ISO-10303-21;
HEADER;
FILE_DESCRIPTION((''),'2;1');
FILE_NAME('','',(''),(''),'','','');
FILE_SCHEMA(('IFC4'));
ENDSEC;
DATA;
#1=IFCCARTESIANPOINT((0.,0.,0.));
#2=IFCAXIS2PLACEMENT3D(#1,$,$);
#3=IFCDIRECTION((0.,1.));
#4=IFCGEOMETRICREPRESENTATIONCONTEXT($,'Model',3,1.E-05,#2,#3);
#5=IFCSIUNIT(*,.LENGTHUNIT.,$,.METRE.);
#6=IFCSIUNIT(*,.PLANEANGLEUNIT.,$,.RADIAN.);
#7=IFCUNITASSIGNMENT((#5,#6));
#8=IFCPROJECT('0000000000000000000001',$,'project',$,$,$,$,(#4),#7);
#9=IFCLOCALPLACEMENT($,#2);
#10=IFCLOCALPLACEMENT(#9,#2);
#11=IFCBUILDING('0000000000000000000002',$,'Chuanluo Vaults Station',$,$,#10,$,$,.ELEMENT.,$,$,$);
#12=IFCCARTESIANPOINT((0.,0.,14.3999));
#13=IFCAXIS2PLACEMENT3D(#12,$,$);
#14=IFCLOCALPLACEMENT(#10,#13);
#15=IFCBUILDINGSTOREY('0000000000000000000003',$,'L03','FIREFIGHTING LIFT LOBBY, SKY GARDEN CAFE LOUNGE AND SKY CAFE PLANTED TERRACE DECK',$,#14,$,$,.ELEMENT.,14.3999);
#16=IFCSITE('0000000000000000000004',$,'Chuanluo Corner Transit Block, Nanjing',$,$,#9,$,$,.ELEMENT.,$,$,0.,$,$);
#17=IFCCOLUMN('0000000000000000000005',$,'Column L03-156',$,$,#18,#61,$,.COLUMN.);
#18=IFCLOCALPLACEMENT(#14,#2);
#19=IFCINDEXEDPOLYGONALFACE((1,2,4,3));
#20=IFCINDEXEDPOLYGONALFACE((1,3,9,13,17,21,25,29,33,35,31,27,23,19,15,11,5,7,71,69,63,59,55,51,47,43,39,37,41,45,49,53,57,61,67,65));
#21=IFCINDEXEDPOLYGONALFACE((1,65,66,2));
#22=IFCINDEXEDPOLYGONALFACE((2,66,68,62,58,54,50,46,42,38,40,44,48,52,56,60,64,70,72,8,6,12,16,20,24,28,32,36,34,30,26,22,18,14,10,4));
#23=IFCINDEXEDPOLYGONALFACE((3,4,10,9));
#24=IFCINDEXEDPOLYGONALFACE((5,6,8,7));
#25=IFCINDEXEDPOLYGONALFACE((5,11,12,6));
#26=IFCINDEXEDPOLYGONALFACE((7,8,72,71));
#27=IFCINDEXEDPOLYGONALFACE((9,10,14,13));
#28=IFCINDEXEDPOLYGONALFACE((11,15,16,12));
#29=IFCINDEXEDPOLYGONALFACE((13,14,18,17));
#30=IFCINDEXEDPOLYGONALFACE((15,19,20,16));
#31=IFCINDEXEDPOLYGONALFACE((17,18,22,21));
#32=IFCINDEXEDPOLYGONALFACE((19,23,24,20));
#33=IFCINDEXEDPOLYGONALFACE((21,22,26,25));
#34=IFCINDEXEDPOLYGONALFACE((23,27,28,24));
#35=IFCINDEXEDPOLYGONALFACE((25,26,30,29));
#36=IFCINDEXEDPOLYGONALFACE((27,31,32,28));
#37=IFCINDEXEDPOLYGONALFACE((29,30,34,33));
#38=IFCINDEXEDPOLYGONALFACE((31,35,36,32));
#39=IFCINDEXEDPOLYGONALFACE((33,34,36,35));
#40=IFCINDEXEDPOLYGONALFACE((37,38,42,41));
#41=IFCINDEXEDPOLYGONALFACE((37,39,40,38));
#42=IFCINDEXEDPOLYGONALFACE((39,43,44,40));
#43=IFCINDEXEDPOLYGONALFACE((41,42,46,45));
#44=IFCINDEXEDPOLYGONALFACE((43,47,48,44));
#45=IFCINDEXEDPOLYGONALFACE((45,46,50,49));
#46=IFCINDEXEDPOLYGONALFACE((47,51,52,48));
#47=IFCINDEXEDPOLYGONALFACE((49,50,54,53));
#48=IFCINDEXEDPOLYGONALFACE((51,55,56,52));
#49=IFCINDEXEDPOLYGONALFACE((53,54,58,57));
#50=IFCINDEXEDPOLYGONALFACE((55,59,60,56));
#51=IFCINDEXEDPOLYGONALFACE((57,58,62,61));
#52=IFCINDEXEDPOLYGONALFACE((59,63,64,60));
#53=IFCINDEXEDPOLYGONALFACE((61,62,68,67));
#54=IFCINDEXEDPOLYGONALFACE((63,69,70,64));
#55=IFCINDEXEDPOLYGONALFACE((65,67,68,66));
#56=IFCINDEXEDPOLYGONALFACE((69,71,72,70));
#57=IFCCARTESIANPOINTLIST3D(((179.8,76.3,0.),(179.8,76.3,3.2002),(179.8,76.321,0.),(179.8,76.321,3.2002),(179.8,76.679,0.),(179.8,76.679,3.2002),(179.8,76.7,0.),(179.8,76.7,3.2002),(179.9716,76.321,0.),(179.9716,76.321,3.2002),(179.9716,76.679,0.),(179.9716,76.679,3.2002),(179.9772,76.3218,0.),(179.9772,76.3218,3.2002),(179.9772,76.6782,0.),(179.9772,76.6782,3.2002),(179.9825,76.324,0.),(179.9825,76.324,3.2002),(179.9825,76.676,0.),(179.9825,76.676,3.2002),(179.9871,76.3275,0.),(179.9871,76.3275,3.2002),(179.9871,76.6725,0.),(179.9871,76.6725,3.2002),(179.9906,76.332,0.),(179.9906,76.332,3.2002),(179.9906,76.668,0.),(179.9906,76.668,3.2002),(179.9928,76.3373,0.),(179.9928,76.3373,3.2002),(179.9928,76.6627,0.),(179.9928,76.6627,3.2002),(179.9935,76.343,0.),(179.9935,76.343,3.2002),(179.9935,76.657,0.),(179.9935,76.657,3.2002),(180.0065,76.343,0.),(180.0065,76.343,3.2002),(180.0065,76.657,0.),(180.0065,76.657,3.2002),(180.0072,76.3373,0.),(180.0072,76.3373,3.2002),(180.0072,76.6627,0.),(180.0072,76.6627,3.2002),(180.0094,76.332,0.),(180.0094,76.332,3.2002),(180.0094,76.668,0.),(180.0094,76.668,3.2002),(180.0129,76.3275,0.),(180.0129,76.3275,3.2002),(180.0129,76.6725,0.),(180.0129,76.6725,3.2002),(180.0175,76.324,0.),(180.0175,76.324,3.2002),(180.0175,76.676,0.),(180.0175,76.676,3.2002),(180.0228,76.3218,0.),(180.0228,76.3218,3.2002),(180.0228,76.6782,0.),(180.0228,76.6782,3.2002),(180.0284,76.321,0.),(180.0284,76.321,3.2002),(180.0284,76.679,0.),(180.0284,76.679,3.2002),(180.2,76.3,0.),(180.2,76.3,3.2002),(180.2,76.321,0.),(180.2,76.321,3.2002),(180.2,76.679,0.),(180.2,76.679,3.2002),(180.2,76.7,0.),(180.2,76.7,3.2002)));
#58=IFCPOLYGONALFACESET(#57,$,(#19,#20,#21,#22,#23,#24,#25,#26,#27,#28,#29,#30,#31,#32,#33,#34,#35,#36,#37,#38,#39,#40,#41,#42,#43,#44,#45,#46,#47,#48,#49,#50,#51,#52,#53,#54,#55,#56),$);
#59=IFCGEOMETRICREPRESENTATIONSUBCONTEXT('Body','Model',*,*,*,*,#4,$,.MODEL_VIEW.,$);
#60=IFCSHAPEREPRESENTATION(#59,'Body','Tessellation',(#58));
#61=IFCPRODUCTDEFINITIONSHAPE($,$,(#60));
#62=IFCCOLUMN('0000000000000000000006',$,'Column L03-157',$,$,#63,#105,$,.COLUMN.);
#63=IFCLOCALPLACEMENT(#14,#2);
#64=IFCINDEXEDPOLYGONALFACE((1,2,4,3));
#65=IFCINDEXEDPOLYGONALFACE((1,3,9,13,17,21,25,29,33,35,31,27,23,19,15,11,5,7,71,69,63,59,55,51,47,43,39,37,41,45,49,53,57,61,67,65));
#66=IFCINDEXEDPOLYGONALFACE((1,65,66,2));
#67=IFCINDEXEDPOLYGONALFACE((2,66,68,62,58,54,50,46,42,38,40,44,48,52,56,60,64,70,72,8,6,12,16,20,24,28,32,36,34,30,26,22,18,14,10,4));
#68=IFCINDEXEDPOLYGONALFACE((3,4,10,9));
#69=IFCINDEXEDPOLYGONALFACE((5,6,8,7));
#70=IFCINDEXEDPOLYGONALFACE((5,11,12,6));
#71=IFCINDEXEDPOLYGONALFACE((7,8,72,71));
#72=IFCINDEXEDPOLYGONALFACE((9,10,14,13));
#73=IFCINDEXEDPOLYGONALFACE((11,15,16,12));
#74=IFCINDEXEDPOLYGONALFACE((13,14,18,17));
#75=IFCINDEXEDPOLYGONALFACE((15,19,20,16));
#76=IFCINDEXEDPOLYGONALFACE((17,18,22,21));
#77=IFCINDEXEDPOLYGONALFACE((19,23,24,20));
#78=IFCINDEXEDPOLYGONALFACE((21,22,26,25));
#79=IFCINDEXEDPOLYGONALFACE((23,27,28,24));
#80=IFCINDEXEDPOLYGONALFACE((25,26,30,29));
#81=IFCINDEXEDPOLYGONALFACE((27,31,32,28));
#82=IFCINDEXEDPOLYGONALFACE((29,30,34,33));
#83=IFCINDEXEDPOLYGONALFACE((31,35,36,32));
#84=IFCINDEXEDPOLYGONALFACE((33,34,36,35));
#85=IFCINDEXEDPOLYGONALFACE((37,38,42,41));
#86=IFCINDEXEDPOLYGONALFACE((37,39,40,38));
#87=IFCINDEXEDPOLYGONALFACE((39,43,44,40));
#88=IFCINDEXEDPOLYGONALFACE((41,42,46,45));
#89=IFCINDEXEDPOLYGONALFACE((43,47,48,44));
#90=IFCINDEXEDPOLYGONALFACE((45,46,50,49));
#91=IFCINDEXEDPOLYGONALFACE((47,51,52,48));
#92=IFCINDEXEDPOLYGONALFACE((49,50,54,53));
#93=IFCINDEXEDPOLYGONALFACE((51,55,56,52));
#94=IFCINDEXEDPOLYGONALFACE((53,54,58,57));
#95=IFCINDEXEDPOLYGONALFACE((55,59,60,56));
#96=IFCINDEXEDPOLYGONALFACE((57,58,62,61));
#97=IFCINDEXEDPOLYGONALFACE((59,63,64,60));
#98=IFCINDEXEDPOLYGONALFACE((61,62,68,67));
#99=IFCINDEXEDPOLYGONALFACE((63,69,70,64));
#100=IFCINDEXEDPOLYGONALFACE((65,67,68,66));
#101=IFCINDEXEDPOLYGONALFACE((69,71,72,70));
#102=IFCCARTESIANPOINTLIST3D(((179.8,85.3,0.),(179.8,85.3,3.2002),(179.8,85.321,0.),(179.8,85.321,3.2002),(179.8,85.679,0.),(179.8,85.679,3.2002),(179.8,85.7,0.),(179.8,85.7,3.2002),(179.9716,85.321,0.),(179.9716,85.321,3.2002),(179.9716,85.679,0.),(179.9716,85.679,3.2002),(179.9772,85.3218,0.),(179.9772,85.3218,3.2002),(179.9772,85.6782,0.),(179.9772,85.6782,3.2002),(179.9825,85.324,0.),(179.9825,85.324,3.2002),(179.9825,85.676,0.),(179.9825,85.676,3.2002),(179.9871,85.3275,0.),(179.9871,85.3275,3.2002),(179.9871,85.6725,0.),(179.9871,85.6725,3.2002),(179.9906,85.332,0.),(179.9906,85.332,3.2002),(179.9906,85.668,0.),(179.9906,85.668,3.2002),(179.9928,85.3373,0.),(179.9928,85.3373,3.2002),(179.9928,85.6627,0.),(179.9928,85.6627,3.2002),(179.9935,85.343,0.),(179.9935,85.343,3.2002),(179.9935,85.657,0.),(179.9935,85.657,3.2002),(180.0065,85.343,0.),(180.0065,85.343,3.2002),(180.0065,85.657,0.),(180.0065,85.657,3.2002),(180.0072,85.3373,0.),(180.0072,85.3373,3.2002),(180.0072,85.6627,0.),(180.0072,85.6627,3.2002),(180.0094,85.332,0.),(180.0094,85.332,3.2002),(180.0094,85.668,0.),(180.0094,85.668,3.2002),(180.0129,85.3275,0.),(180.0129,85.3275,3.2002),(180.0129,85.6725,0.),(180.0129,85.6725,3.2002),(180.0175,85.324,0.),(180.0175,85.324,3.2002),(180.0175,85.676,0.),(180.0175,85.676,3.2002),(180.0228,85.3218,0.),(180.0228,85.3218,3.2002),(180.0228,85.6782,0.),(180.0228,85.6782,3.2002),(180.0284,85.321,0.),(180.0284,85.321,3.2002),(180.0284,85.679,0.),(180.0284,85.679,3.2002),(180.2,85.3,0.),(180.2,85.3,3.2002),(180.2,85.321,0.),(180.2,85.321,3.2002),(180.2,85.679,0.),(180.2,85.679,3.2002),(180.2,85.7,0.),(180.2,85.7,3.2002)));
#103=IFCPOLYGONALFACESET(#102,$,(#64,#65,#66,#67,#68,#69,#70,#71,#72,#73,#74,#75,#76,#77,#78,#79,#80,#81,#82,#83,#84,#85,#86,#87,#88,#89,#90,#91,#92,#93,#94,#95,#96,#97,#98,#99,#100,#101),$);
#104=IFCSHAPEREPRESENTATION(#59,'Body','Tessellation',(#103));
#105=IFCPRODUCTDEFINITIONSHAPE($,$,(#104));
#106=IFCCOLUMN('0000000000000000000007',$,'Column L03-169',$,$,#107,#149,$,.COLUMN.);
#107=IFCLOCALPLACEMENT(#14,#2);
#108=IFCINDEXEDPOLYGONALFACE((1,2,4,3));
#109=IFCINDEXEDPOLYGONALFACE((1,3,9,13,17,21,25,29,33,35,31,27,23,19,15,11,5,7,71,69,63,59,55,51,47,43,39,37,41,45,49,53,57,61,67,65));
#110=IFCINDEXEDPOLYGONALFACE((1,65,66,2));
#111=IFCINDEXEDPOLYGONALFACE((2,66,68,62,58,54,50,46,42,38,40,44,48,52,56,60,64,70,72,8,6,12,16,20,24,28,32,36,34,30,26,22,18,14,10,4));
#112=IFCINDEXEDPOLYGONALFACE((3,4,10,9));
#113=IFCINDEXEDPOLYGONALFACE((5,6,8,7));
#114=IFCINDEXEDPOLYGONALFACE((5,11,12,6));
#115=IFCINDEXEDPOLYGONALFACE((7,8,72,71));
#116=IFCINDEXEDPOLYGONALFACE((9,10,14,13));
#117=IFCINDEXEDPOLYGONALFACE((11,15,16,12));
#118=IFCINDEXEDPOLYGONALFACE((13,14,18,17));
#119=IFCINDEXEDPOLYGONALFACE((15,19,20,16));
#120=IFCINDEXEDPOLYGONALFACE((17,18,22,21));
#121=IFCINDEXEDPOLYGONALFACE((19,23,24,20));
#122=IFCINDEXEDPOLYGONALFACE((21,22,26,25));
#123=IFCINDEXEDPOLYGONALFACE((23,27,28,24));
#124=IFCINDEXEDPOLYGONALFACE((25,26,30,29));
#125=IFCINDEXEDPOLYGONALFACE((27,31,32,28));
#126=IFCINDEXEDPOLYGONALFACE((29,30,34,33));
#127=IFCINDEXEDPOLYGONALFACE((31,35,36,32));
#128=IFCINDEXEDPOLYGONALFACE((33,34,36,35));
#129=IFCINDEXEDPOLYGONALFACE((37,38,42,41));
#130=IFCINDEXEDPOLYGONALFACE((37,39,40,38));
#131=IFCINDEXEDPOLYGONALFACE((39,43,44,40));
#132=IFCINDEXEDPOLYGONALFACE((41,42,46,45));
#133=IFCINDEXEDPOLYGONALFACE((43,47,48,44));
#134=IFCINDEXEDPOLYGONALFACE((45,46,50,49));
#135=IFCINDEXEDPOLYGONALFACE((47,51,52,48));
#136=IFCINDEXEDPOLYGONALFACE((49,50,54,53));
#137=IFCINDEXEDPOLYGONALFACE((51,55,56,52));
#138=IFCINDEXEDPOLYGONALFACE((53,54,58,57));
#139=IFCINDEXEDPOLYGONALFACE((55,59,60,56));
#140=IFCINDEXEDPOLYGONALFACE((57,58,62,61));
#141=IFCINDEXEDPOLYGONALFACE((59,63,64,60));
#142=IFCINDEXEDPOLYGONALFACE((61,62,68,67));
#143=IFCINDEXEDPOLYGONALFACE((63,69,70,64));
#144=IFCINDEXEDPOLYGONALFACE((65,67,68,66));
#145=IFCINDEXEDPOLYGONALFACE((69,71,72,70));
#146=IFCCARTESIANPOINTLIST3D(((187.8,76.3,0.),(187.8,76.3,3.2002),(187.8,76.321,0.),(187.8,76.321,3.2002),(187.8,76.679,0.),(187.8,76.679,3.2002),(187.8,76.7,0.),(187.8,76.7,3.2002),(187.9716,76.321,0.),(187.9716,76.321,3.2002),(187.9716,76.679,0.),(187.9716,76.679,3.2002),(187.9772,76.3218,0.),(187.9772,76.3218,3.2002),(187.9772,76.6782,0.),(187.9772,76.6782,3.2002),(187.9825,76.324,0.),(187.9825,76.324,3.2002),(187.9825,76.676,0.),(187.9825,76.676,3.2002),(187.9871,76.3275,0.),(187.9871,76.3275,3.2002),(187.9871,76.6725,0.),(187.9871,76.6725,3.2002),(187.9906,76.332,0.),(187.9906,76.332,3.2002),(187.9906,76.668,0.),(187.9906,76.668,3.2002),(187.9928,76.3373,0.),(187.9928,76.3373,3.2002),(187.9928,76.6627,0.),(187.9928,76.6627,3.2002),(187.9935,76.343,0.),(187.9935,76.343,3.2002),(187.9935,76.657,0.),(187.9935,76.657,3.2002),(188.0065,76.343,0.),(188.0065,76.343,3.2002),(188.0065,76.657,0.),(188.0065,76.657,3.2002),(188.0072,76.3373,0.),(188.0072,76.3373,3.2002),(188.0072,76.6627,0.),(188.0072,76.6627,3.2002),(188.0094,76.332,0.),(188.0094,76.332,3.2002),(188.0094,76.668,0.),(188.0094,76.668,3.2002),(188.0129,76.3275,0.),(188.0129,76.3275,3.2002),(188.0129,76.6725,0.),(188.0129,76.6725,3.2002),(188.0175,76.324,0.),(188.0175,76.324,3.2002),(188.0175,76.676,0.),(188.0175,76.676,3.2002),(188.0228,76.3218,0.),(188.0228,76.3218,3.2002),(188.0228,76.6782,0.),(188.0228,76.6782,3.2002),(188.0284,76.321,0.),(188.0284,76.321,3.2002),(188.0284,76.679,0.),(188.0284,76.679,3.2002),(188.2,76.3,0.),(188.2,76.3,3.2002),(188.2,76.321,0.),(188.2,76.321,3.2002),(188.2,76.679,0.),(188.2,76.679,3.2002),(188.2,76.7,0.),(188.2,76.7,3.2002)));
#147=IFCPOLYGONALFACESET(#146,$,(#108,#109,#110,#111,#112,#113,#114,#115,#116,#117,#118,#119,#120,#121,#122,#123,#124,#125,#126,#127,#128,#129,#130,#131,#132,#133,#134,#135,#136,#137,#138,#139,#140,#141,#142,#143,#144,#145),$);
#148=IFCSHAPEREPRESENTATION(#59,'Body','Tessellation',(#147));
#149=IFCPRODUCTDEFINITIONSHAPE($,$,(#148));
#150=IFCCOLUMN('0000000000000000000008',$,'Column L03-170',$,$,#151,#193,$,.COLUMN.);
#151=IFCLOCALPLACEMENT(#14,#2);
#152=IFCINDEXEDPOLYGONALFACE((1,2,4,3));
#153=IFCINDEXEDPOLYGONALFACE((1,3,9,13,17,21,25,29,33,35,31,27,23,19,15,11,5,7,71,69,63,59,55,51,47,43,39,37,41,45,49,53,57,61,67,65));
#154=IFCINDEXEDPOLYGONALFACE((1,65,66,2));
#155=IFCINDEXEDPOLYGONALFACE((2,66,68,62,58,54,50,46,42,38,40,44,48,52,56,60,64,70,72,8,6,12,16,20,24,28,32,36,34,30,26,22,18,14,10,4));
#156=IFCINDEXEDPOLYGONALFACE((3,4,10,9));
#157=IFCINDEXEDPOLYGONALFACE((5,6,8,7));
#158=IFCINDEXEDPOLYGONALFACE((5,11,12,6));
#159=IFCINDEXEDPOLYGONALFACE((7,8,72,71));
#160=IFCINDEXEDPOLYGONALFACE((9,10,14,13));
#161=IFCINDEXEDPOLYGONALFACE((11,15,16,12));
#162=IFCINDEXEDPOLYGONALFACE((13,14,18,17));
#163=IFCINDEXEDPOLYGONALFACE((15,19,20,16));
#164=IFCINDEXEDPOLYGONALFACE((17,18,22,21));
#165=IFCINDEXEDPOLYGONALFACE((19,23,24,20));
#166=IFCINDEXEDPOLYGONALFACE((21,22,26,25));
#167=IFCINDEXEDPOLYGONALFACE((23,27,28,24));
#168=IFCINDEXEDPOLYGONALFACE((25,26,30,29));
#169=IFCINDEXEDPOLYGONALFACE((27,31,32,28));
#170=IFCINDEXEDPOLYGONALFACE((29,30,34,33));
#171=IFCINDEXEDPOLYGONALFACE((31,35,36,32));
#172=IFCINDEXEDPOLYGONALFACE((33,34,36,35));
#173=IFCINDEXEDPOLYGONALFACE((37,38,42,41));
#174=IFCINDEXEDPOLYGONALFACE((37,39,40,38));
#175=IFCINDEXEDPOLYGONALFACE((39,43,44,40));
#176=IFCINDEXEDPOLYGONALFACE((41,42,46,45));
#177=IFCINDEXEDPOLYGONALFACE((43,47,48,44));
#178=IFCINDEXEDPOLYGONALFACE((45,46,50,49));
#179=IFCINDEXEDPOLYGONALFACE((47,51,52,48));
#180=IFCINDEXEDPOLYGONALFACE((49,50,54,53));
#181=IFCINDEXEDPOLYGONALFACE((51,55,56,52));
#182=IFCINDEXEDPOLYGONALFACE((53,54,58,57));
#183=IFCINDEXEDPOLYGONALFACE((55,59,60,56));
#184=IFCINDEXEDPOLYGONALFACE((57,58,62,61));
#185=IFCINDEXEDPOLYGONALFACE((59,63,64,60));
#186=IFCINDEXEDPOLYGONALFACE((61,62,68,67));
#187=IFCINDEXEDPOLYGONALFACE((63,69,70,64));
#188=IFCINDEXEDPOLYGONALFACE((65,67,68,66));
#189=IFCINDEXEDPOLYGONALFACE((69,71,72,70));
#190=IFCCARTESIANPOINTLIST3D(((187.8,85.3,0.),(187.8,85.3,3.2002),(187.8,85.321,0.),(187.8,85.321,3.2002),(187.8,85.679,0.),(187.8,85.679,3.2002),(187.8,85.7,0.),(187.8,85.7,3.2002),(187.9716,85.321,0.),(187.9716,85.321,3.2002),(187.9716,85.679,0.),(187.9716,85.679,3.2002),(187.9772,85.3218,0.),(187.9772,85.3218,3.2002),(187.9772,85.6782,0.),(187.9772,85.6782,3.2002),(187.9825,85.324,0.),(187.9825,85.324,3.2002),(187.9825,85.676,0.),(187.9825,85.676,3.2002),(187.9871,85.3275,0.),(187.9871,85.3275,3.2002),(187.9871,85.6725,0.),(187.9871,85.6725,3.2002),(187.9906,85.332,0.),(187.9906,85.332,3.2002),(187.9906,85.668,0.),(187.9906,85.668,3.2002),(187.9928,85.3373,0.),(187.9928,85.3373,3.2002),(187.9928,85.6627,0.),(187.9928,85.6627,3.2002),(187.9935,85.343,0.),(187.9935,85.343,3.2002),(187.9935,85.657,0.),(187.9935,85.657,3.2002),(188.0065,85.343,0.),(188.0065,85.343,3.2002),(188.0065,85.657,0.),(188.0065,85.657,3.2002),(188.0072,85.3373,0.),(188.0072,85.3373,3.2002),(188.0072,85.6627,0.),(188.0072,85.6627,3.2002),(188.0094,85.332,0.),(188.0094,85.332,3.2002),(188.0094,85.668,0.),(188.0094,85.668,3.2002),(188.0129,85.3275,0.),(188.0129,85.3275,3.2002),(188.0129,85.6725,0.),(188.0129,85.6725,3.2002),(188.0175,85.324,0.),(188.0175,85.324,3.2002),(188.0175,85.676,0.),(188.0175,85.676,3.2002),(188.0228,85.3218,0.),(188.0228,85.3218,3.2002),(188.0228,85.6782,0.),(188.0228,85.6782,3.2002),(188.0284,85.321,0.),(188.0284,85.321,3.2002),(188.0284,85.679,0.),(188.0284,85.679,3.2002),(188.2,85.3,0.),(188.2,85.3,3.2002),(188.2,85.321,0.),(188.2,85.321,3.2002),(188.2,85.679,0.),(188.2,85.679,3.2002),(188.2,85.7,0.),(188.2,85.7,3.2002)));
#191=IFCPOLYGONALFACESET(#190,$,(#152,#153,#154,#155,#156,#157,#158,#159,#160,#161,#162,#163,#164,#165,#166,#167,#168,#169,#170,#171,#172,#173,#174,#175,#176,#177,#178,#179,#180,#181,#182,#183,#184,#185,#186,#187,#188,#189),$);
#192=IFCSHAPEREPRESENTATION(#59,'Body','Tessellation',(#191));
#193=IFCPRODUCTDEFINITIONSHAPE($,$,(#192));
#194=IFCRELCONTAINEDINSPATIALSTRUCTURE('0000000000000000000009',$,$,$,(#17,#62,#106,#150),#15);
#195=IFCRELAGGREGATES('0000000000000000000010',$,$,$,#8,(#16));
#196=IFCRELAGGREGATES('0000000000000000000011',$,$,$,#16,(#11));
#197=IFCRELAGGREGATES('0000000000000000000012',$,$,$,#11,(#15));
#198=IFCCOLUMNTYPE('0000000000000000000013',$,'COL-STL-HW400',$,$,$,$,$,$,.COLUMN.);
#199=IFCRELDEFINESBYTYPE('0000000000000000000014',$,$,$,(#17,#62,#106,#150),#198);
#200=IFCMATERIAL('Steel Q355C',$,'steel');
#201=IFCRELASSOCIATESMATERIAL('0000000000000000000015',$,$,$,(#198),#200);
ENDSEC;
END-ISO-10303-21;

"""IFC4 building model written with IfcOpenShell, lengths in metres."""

from ifc_helpers import new_model, si_unit, direction, frame, origin, origin_2d, place, context, subcontext, project, spatial, i_section, extrude, material, material_profile, profile_set, type_object, element, save


model = new_model("IFC4")

# Units and contexts
model_context = context("Model", 3, precision=1e-05, world=origin(), true_north=direction((0.0, 1.0)))
body_context = subcontext(model_context, "Body", "Model", "MODEL_VIEW")
ifc_project = project(units=[si_unit("LENGTHUNIT", "METRE"), si_unit("PLANEANGLEUNIT", "RADIAN")], contexts=[model_context])

# Site, building, storey
site_placement = place(None, origin())
site = spatial("IfcSite", under=ifc_project, at=site_placement, Name="Chuanluo Corner Transit Block, Nanjing", CompositionType="ELEMENT", RefElevation=0.0)
building_placement = place(site_placement, origin())
building = spatial("IfcBuilding", under=site, at=building_placement, Name="Chuanluo Vaults Station", CompositionType="ELEMENT")
storey_placement = place(building_placement, frame((0.0, 0.0, 14.3999)))
storey = spatial("IfcBuildingStorey", under=building, at=storey_placement, Name="L03", Description="FIREFIGHTING LIFT LOBBY, SKY GARDEN CAFE LOUNGE AND SKY CAFE PLANTED TERRACE DECK", CompositionType="ELEMENT", Elevation=14.3999)

# Columns
ifc_material_1 = material(Name="Steel Q355C", Category="steel")
ifc_material_profile_1 = material_profile(ifc_material_1, i_section(OverallWidth=0.3999, OverallDepth=0.3999, WebThickness=0.0129, FlangeThickness=0.021, FilletRadius=0.022, at=origin_2d()))
ifc_profile_set_1 = profile_set([ifc_material_profile_1], Name="Steel Q355C")
column_type = type_object("IfcColumnType", Name="COL-STL-HW400", PredefinedType="COLUMN", material=ifc_profile_set_1)
for number, where, z_axis, x_axis, name in (
    (1, (180.0, 76.5, 0.0), (0.0, 0.0, 1.0), (1.0, 0.0, 0.0), "Column L03-156"),
    (2, (180.0, 85.5, 0.0), (0.0, 0.0, 1.0), (1.0, 0.0, 0.0), "Column L03-157"),
    (3, (188.0, 76.5, 0.0), (0.0, 0.0, 1.0), (1.0, 0.0, 0.0), "Column L03-169"),
    (4, (188.0, 85.5, 0.0), (0.0, 0.0, 1.0), (1.0, 0.0, 0.0), "Column L03-170"),
):
    element("IfcColumn", number, at=place(storey_placement, frame(where, z_axis=z_axis, x_axis=x_axis)), inside=storey, type_object=column_type, Name=name, PredefinedType="COLUMN", context=body_context, shape_type="SweptSolid", body=[
        extrude(i_section(OverallWidth=0.3999, OverallDepth=0.3999, WebThickness=0.0129, FlangeThickness=0.021, FilletRadius=0.022, at=origin_2d()), origin(), (0.0, 0.0, 1.0), 3.2002),
    ])

save(model, "model.ifc")
